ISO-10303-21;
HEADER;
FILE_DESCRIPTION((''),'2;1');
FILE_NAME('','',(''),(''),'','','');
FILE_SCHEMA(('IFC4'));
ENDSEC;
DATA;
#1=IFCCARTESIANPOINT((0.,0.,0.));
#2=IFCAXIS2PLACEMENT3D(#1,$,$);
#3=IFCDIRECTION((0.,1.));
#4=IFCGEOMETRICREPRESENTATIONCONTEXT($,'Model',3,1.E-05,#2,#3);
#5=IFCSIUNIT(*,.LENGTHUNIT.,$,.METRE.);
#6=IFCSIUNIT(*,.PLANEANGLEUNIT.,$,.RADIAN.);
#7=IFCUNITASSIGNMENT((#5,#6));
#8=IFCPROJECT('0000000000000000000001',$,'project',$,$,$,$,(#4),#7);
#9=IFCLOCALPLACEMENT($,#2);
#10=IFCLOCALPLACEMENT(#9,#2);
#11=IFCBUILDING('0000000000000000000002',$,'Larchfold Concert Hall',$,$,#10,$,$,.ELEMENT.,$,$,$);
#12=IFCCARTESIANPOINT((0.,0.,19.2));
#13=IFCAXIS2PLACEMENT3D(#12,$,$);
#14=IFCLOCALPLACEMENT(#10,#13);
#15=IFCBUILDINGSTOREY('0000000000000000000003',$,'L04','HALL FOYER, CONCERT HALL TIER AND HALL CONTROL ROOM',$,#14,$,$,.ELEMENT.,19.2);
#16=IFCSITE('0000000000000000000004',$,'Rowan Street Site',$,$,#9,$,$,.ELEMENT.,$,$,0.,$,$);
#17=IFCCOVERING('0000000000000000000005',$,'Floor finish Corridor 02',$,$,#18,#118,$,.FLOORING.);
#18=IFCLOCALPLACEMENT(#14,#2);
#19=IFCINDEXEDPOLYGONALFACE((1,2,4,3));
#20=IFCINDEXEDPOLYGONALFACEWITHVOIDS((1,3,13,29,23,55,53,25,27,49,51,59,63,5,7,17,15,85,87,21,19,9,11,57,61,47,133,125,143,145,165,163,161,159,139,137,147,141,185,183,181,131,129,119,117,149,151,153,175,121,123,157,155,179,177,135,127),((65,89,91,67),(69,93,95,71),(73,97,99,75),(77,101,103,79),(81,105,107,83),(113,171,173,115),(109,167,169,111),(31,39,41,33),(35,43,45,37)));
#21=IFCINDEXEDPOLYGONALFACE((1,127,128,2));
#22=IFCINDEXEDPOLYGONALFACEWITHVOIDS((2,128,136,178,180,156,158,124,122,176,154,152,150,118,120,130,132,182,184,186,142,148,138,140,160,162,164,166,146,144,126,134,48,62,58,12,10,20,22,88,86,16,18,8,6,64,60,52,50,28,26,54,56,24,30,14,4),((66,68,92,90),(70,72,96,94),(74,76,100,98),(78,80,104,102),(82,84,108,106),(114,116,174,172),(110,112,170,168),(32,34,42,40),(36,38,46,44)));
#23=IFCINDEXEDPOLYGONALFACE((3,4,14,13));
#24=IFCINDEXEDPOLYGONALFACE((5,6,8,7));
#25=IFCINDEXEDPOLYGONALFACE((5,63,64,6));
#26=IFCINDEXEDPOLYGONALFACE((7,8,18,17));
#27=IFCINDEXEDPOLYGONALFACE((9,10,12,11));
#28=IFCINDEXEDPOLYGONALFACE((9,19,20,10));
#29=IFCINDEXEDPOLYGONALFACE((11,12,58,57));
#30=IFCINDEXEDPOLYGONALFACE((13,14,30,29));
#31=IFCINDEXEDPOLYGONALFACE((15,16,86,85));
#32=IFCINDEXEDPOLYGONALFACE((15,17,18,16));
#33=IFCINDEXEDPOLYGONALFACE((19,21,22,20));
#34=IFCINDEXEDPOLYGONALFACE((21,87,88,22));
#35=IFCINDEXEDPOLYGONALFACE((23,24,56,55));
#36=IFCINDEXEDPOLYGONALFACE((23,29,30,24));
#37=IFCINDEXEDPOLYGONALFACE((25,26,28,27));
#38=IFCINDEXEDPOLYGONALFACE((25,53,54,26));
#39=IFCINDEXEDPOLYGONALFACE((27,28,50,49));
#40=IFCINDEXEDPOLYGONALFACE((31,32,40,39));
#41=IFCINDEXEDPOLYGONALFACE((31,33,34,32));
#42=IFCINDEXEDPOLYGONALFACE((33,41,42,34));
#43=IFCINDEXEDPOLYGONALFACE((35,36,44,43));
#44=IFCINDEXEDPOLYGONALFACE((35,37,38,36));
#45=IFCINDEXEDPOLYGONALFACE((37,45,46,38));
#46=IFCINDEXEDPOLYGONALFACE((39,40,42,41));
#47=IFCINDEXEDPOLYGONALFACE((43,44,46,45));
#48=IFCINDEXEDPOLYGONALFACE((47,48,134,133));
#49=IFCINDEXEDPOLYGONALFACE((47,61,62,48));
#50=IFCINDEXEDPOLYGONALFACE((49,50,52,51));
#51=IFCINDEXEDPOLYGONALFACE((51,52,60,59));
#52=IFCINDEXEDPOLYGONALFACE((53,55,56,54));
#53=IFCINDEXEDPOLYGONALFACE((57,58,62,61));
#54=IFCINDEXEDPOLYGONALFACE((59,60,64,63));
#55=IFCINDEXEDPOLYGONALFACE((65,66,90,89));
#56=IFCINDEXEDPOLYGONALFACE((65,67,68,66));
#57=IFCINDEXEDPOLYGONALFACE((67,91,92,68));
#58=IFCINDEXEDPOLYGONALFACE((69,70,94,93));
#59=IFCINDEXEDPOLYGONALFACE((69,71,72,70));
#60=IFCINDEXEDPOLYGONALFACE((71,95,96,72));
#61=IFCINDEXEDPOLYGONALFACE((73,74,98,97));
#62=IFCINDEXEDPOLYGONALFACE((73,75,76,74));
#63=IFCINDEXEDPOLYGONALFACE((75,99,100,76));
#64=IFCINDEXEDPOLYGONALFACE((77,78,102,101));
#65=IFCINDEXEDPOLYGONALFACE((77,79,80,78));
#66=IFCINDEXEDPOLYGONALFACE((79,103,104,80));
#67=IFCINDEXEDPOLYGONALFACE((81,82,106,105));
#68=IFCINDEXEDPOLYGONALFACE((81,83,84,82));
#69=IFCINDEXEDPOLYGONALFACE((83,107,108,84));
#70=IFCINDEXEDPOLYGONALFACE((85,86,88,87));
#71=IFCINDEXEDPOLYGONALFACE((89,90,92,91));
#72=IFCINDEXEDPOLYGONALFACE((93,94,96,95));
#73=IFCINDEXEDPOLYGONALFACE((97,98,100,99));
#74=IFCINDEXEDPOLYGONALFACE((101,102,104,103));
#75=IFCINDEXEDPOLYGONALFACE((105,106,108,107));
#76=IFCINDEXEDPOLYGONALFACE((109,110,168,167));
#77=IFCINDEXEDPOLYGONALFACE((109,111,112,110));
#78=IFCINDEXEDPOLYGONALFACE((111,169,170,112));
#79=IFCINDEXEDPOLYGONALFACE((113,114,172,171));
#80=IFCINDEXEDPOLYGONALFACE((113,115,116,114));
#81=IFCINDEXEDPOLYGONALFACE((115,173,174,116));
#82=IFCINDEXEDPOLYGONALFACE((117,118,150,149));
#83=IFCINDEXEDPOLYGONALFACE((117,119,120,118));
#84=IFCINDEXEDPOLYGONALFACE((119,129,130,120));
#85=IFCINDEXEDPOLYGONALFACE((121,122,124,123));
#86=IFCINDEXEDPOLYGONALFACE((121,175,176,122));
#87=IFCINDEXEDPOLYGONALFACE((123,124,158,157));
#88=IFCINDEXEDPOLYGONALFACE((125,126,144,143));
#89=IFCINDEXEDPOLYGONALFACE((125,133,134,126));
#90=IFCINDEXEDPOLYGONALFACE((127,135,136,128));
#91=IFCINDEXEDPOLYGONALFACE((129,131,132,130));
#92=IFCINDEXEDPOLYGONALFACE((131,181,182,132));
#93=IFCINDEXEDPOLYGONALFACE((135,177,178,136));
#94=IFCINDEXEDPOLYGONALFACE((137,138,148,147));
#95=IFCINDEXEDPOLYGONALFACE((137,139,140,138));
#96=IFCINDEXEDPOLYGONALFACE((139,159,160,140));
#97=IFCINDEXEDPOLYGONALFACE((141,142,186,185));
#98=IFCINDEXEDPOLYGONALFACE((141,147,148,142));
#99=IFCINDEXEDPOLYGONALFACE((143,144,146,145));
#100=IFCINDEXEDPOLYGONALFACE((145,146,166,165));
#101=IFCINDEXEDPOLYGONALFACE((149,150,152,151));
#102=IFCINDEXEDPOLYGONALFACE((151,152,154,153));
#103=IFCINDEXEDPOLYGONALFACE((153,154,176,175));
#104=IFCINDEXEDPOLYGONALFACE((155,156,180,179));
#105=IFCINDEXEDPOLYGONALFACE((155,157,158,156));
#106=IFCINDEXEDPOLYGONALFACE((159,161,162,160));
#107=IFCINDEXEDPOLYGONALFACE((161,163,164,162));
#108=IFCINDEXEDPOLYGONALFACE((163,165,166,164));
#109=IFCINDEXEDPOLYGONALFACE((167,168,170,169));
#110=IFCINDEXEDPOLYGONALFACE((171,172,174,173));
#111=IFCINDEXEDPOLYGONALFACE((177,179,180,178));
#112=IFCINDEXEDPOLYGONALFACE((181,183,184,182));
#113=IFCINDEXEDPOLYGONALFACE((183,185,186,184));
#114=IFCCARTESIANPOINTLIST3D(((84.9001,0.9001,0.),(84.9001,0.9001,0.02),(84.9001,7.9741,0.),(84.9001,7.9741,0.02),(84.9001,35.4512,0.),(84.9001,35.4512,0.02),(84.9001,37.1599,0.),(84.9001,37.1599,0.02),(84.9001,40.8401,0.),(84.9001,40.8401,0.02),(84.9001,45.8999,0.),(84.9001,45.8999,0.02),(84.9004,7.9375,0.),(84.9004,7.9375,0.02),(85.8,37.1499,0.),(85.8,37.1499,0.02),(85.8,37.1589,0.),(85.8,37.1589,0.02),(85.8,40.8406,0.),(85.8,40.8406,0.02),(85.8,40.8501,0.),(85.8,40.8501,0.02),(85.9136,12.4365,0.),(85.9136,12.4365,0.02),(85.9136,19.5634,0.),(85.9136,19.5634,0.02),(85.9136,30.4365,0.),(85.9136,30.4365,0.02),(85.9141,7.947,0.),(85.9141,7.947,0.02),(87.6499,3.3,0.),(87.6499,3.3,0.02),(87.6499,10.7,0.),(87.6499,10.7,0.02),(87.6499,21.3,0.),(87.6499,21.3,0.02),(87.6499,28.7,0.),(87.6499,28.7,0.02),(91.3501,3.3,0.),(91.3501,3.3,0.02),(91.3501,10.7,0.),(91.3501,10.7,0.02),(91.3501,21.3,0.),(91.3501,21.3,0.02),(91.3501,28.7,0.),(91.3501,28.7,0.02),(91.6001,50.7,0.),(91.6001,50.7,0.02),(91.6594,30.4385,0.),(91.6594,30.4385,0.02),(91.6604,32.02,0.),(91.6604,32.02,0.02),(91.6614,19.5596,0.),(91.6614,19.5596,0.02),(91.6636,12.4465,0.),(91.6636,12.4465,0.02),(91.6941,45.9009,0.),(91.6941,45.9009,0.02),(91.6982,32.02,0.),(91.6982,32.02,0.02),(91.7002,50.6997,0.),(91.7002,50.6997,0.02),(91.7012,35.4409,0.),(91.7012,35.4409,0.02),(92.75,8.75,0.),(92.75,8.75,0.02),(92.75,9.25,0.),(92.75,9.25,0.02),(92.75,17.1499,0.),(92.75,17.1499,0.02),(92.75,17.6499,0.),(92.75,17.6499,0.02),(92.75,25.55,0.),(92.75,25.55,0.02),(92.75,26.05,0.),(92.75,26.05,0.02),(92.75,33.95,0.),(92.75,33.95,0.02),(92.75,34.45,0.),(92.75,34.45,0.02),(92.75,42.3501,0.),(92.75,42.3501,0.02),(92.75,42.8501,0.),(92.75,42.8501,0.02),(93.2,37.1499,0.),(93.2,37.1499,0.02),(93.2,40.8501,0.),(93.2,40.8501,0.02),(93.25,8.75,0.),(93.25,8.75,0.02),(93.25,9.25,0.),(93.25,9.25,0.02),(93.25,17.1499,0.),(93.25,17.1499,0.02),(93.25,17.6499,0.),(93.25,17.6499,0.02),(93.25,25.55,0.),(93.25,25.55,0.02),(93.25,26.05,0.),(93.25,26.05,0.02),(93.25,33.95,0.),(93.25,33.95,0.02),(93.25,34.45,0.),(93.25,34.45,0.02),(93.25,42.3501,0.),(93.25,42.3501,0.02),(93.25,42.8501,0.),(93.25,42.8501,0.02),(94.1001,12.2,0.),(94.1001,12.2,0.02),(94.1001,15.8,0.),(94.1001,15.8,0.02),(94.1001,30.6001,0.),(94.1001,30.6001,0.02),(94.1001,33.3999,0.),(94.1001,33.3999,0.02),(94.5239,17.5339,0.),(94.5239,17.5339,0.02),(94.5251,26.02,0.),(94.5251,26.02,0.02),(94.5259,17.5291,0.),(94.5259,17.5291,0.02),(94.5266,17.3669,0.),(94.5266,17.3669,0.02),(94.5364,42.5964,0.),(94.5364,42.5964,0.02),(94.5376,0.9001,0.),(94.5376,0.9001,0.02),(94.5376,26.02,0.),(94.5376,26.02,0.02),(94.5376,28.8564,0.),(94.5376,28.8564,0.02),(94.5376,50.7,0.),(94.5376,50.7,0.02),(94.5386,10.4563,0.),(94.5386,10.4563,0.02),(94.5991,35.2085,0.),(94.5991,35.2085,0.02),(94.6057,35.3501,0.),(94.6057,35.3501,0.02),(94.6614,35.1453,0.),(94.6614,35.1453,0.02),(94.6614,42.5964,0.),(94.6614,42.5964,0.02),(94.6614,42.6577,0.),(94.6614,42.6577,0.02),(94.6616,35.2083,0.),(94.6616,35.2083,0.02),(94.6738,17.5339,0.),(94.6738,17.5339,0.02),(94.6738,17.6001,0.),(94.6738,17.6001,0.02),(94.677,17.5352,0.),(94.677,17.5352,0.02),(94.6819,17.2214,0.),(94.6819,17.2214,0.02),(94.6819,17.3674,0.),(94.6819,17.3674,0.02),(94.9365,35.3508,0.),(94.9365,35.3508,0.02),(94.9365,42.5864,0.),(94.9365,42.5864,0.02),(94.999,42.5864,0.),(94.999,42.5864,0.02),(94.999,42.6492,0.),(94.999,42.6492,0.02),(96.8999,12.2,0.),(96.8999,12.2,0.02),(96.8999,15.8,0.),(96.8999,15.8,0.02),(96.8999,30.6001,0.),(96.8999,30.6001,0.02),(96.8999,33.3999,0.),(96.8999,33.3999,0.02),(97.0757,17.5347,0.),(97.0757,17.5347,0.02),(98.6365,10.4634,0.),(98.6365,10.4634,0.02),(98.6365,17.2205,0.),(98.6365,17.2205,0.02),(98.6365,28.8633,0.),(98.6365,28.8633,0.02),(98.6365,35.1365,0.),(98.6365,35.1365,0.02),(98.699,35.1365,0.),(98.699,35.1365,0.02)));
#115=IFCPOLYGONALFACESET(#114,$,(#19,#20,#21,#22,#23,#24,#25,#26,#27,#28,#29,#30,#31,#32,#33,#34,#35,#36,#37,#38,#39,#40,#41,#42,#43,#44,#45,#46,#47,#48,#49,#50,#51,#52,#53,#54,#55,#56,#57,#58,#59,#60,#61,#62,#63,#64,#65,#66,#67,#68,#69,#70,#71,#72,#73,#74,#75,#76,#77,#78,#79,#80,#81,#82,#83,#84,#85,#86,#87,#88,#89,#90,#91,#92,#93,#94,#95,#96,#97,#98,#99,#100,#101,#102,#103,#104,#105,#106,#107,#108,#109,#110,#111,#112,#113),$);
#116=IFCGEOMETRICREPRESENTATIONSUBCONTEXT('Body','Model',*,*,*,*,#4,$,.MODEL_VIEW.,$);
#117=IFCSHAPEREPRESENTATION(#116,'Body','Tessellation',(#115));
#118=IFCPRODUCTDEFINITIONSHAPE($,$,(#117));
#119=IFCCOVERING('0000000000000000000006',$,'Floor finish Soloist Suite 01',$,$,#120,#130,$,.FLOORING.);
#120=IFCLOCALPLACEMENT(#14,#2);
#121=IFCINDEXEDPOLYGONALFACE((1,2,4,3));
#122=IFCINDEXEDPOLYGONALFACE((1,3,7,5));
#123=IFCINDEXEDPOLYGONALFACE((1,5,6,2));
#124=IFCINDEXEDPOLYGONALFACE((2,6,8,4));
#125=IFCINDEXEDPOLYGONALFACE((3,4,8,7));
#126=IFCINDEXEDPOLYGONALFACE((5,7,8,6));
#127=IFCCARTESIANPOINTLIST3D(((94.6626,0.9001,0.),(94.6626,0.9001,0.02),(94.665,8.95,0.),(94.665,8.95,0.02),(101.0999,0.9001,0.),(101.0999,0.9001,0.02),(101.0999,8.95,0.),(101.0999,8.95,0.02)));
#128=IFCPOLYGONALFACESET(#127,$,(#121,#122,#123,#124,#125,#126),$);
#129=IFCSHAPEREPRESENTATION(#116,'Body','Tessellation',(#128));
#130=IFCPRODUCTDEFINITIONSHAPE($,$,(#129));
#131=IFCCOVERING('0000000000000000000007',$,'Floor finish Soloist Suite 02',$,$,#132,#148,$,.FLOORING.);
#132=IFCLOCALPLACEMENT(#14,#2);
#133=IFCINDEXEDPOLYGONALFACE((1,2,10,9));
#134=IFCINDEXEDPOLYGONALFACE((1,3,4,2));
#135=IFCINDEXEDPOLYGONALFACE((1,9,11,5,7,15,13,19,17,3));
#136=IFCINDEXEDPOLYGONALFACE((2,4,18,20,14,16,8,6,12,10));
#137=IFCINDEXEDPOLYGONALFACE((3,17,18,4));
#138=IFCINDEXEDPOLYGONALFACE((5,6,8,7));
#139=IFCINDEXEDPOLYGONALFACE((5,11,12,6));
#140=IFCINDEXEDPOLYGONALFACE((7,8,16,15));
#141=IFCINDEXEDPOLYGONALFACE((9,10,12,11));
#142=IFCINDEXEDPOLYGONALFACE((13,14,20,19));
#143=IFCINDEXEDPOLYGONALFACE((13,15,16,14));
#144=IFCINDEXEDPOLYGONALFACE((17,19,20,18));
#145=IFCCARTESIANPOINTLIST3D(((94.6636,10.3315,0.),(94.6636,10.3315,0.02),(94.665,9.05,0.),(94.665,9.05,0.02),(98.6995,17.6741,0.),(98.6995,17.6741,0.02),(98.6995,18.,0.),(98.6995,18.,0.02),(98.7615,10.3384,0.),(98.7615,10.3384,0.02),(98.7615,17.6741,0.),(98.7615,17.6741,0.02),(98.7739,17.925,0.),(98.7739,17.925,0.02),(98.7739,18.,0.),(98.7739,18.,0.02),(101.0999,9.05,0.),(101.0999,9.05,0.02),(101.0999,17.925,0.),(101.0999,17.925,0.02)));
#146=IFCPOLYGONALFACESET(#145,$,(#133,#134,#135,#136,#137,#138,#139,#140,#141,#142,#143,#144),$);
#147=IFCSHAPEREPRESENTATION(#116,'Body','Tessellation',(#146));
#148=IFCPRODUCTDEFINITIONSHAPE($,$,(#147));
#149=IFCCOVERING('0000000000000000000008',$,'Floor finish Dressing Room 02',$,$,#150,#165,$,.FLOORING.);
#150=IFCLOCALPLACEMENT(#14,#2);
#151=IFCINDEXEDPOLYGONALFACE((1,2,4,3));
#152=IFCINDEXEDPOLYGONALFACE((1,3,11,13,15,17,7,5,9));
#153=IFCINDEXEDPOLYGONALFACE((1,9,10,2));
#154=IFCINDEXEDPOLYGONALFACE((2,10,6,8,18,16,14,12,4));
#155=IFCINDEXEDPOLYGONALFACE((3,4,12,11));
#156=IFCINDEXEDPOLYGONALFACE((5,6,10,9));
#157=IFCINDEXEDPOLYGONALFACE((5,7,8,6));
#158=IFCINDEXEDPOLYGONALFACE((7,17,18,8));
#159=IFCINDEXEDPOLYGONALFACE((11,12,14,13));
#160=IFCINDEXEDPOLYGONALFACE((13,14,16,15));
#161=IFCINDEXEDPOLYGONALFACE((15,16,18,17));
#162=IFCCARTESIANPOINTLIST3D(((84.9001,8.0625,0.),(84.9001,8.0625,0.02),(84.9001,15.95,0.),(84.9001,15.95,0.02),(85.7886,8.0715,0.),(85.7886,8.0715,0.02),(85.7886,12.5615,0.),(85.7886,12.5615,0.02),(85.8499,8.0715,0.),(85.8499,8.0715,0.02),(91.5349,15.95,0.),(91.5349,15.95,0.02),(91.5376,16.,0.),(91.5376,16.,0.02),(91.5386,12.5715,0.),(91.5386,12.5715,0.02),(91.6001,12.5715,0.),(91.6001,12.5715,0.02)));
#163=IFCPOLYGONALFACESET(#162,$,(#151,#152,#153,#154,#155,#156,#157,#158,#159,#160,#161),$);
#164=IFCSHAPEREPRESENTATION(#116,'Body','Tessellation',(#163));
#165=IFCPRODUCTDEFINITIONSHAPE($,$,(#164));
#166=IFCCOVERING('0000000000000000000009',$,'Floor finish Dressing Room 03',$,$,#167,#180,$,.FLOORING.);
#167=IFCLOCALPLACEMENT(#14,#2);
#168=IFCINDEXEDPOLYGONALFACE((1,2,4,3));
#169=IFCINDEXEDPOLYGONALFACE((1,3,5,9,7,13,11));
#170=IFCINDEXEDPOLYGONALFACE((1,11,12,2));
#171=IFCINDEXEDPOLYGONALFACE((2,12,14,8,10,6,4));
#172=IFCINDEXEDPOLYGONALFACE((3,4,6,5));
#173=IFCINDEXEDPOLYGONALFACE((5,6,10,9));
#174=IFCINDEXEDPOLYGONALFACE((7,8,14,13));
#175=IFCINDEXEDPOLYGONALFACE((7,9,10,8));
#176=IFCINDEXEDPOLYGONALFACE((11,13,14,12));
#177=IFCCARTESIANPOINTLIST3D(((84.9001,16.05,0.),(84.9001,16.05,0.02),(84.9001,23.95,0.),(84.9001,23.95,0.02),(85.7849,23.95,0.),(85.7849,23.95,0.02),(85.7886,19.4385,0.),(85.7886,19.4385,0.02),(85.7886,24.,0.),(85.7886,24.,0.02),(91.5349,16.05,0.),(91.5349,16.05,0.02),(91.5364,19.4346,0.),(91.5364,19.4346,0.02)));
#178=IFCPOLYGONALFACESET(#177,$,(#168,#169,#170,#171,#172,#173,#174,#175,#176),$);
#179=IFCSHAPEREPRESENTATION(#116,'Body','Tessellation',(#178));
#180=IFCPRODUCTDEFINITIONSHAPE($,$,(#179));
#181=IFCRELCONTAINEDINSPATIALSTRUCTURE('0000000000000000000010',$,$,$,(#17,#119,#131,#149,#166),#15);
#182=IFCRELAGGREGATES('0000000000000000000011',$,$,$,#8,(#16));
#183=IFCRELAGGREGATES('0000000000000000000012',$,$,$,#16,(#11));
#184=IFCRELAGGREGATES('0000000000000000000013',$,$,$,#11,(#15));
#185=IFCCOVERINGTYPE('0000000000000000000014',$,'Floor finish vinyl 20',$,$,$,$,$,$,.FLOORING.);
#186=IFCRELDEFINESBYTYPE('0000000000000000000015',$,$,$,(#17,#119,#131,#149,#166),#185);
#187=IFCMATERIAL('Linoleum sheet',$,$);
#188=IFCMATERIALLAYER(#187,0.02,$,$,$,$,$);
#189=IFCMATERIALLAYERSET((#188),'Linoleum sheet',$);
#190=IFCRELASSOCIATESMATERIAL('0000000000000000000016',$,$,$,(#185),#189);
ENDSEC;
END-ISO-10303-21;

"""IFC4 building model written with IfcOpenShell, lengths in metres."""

from ifc_helpers import new_model, si_unit, direction, frame, origin, place, context, subcontext, project, spatial, polyline, outline, extrude, material, layer, layer_set, type_object, element, save


model = new_model("IFC4")

# Units and contexts
model_context = context("Model", 3, precision=1e-05, world=origin(), true_north=direction((0.0, 1.0)))
body_context = subcontext(model_context, "Body", "Model", "MODEL_VIEW")
ifc_project = project(units=[si_unit("LENGTHUNIT", "METRE"), si_unit("PLANEANGLEUNIT", "RADIAN")], contexts=[model_context])

# Site, building, storey
site_placement = place(None, origin())
site = spatial("IfcSite", under=ifc_project, at=site_placement, Name="Rowan Street Site", CompositionType="ELEMENT", RefElevation=0.0)
building_placement = place(site_placement, origin())
building = spatial("IfcBuilding", under=site, at=building_placement, Name="Larchfold Concert Hall", CompositionType="ELEMENT")
storey_placement = place(building_placement, frame((0.0, 0.0, 19.2)))
storey = spatial("IfcBuildingStorey", under=building, at=storey_placement, Name="L04", Description="HALL FOYER, CONCERT HALL TIER AND HALL CONTROL ROOM", CompositionType="ELEMENT", Elevation=19.2)

# Coverings
ifc_material_1 = material(Name="Linoleum sheet")
ifc_layer_1 = layer(ifc_material_1, 0.02)
ifc_layer_set_1 = layer_set([ifc_layer_1], Name="Linoleum sheet")
covering_type_1 = type_object("IfcCoveringType", Name="Floor finish vinyl 20", PredefinedType="FLOORING", material=ifc_layer_set_1)
covering_1_placement = place(storey_placement, origin())
element("IfcCovering", 1, at=covering_1_placement, inside=storey, type_object=covering_type_1, Name="Floor finish Corridor 02", PredefinedType="FLOORING", context=body_context, shape_type="SweptSolid", body=[
    extrude(outline(polyline([(84.9004, 7.9375), (84.9001, 7.9741), (84.9001, 0.9001), (94.5376, 0.9001), (94.5386, 10.4563), (98.6365, 10.4634), (98.6365, 17.2205), (94.6819, 17.2214), (94.6819, 17.3674), (94.5266, 17.3669), (94.5259, 17.5291), (97.0757, 17.5347), (94.677, 17.5352), (94.6738, 17.6001), (94.6738, 17.5339), (94.5239, 17.5339), (94.5251, 26.02), (94.5376, 26.02), (94.5376, 28.8564), (98.6365, 28.8633), (98.6365, 35.1365), (98.699, 35.1365), (94.6614, 35.1453), (94.6616, 35.2083), (94.5991, 35.2085), (94.6057, 35.3501), (94.9365, 35.3508), (94.9365, 42.5864), (94.999, 42.5864), (94.999, 42.6492), (94.6614, 42.6577), (94.6614, 42.5964), (94.5364, 42.5964), (94.5376, 50.7), (91.6001, 50.7), (91.7002, 50.6997), (91.6941, 45.9009), (84.9001, 45.8999), (84.9001, 40.8401), (85.8, 40.8406), (85.8, 40.8501), (93.2, 40.8501), (93.2, 37.1499), (85.8, 37.1499), (85.8, 37.1589), (84.9001, 37.1599), (84.9001, 35.4512), (91.7012, 35.4409), (91.6982, 32.02), (91.6604, 32.02), (91.6594, 30.4385), (85.9136, 30.4365), (85.9136, 19.5635), (85.8508, 19.5635), (91.6614, 19.5596), (91.6636, 12.4465), (85.9136, 12.4365), (85.9141, 7.947), (84.9004, 7.9375)]), holes=[polyline([(94.1001, 15.8), (96.8999, 15.8), (96.8999, 12.2), (94.1001, 12.2), (94.1001, 15.8)]), polyline([(94.1001, 33.3999), (96.8999, 33.3999), (96.8999, 30.6001), (94.1001, 30.6001), (94.1001, 33.3999)]), polyline([(93.25, 42.3501), (92.75, 42.3501), (92.75, 42.8501), (93.25, 42.8501), (93.25, 42.3501)]), polyline([(92.75, 9.25), (93.25, 9.25), (93.25, 8.75), (92.75, 8.75), (92.75, 9.25)]), polyline([(93.25, 17.6499), (93.25, 17.1499), (92.75, 17.1499), (92.75, 17.6499), (93.25, 17.6499)]), polyline([(93.25, 26.05), (93.25, 25.55), (92.75, 25.55), (92.75, 26.05), (93.25, 26.05)]), polyline([(93.25, 34.45), (93.25, 33.95), (92.75, 33.95), (92.75, 34.45), (93.25, 34.45)]), polyline([(87.6499, 10.7), (91.3501, 10.7), (91.3501, 3.3), (87.6499, 3.3), (87.6499, 10.7)]), polyline([(87.6499, 28.7), (91.3501, 28.7), (91.3501, 21.3), (87.6499, 21.3), (87.6499, 28.7)])]), origin(), (0.0, 0.0, 1.0), 0.02),
])
covering_2_placement = place(storey_placement, origin())
element("IfcCovering", 2, at=covering_2_placement, inside=storey, type_object=covering_type_1, Name="Floor finish Soloist Suite 01", PredefinedType="FLOORING", context=body_context, shape_type="SweptSolid", body=[
    extrude(outline(polyline([(94.665, 9.0), (94.6626, 0.9001), (101.0999, 0.9001), (101.0999, 8.95), (94.665, 8.95), (94.665, 9.0)])), origin(), (0.0, 0.0, 1.0), 0.02),
])
covering_3_placement = place(storey_placement, origin())
element("IfcCovering", 3, at=covering_3_placement, inside=storey, type_object=covering_type_1, Name="Floor finish Soloist Suite 02", PredefinedType="FLOORING", context=body_context, shape_type="SweptSolid", body=[
    extrude(outline(polyline([(94.665, 9.0), (94.665, 9.05), (101.0999, 9.05), (101.0999, 17.925), (98.7739, 17.925), (98.7739, 18.0), (98.6995, 18.0), (98.6995, 17.6741), (98.7615, 17.6741), (98.7615, 10.3384), (94.6636, 10.3315), (94.665, 9.0)])), origin(), (0.0, 0.0, 1.0), 0.02),
])
covering_4_placement = place(storey_placement, origin())
element("IfcCovering", 4, at=covering_4_placement, inside=storey, type_object=covering_type_1, Name="Floor finish Dressing Room 02", PredefinedType="FLOORING", context=body_context, shape_type="SweptSolid", body=[
    extrude(outline(polyline([(85.8499, 8.0715), (85.7886, 8.0715), (85.7886, 12.5615), (91.6001, 12.5715), (91.5386, 12.5715), (91.5376, 16.0), (91.5349, 15.95), (84.9001, 15.95), (84.9001, 8.0625), (85.8499, 8.0715)])), origin(), (0.0, 0.0, 1.0), 0.02),
])
covering_5_placement = place(storey_placement, origin())
element("IfcCovering", 5, at=covering_5_placement, inside=storey, type_object=covering_type_1, Name="Floor finish Dressing Room 03", PredefinedType="FLOORING", context=body_context, shape_type="SweptSolid", body=[
    extrude(outline(polyline([(85.7886, 24.0), (85.7849, 23.95), (84.9001, 23.95), (84.9001, 16.05), (91.5349, 16.05), (91.5349, 16.0), (91.5364, 19.4346), (85.7886, 19.4385), (85.7886, 24.0)])), origin(), (0.0, 0.0, 1.0), 0.02),
])

save(model, "model.ifc")
